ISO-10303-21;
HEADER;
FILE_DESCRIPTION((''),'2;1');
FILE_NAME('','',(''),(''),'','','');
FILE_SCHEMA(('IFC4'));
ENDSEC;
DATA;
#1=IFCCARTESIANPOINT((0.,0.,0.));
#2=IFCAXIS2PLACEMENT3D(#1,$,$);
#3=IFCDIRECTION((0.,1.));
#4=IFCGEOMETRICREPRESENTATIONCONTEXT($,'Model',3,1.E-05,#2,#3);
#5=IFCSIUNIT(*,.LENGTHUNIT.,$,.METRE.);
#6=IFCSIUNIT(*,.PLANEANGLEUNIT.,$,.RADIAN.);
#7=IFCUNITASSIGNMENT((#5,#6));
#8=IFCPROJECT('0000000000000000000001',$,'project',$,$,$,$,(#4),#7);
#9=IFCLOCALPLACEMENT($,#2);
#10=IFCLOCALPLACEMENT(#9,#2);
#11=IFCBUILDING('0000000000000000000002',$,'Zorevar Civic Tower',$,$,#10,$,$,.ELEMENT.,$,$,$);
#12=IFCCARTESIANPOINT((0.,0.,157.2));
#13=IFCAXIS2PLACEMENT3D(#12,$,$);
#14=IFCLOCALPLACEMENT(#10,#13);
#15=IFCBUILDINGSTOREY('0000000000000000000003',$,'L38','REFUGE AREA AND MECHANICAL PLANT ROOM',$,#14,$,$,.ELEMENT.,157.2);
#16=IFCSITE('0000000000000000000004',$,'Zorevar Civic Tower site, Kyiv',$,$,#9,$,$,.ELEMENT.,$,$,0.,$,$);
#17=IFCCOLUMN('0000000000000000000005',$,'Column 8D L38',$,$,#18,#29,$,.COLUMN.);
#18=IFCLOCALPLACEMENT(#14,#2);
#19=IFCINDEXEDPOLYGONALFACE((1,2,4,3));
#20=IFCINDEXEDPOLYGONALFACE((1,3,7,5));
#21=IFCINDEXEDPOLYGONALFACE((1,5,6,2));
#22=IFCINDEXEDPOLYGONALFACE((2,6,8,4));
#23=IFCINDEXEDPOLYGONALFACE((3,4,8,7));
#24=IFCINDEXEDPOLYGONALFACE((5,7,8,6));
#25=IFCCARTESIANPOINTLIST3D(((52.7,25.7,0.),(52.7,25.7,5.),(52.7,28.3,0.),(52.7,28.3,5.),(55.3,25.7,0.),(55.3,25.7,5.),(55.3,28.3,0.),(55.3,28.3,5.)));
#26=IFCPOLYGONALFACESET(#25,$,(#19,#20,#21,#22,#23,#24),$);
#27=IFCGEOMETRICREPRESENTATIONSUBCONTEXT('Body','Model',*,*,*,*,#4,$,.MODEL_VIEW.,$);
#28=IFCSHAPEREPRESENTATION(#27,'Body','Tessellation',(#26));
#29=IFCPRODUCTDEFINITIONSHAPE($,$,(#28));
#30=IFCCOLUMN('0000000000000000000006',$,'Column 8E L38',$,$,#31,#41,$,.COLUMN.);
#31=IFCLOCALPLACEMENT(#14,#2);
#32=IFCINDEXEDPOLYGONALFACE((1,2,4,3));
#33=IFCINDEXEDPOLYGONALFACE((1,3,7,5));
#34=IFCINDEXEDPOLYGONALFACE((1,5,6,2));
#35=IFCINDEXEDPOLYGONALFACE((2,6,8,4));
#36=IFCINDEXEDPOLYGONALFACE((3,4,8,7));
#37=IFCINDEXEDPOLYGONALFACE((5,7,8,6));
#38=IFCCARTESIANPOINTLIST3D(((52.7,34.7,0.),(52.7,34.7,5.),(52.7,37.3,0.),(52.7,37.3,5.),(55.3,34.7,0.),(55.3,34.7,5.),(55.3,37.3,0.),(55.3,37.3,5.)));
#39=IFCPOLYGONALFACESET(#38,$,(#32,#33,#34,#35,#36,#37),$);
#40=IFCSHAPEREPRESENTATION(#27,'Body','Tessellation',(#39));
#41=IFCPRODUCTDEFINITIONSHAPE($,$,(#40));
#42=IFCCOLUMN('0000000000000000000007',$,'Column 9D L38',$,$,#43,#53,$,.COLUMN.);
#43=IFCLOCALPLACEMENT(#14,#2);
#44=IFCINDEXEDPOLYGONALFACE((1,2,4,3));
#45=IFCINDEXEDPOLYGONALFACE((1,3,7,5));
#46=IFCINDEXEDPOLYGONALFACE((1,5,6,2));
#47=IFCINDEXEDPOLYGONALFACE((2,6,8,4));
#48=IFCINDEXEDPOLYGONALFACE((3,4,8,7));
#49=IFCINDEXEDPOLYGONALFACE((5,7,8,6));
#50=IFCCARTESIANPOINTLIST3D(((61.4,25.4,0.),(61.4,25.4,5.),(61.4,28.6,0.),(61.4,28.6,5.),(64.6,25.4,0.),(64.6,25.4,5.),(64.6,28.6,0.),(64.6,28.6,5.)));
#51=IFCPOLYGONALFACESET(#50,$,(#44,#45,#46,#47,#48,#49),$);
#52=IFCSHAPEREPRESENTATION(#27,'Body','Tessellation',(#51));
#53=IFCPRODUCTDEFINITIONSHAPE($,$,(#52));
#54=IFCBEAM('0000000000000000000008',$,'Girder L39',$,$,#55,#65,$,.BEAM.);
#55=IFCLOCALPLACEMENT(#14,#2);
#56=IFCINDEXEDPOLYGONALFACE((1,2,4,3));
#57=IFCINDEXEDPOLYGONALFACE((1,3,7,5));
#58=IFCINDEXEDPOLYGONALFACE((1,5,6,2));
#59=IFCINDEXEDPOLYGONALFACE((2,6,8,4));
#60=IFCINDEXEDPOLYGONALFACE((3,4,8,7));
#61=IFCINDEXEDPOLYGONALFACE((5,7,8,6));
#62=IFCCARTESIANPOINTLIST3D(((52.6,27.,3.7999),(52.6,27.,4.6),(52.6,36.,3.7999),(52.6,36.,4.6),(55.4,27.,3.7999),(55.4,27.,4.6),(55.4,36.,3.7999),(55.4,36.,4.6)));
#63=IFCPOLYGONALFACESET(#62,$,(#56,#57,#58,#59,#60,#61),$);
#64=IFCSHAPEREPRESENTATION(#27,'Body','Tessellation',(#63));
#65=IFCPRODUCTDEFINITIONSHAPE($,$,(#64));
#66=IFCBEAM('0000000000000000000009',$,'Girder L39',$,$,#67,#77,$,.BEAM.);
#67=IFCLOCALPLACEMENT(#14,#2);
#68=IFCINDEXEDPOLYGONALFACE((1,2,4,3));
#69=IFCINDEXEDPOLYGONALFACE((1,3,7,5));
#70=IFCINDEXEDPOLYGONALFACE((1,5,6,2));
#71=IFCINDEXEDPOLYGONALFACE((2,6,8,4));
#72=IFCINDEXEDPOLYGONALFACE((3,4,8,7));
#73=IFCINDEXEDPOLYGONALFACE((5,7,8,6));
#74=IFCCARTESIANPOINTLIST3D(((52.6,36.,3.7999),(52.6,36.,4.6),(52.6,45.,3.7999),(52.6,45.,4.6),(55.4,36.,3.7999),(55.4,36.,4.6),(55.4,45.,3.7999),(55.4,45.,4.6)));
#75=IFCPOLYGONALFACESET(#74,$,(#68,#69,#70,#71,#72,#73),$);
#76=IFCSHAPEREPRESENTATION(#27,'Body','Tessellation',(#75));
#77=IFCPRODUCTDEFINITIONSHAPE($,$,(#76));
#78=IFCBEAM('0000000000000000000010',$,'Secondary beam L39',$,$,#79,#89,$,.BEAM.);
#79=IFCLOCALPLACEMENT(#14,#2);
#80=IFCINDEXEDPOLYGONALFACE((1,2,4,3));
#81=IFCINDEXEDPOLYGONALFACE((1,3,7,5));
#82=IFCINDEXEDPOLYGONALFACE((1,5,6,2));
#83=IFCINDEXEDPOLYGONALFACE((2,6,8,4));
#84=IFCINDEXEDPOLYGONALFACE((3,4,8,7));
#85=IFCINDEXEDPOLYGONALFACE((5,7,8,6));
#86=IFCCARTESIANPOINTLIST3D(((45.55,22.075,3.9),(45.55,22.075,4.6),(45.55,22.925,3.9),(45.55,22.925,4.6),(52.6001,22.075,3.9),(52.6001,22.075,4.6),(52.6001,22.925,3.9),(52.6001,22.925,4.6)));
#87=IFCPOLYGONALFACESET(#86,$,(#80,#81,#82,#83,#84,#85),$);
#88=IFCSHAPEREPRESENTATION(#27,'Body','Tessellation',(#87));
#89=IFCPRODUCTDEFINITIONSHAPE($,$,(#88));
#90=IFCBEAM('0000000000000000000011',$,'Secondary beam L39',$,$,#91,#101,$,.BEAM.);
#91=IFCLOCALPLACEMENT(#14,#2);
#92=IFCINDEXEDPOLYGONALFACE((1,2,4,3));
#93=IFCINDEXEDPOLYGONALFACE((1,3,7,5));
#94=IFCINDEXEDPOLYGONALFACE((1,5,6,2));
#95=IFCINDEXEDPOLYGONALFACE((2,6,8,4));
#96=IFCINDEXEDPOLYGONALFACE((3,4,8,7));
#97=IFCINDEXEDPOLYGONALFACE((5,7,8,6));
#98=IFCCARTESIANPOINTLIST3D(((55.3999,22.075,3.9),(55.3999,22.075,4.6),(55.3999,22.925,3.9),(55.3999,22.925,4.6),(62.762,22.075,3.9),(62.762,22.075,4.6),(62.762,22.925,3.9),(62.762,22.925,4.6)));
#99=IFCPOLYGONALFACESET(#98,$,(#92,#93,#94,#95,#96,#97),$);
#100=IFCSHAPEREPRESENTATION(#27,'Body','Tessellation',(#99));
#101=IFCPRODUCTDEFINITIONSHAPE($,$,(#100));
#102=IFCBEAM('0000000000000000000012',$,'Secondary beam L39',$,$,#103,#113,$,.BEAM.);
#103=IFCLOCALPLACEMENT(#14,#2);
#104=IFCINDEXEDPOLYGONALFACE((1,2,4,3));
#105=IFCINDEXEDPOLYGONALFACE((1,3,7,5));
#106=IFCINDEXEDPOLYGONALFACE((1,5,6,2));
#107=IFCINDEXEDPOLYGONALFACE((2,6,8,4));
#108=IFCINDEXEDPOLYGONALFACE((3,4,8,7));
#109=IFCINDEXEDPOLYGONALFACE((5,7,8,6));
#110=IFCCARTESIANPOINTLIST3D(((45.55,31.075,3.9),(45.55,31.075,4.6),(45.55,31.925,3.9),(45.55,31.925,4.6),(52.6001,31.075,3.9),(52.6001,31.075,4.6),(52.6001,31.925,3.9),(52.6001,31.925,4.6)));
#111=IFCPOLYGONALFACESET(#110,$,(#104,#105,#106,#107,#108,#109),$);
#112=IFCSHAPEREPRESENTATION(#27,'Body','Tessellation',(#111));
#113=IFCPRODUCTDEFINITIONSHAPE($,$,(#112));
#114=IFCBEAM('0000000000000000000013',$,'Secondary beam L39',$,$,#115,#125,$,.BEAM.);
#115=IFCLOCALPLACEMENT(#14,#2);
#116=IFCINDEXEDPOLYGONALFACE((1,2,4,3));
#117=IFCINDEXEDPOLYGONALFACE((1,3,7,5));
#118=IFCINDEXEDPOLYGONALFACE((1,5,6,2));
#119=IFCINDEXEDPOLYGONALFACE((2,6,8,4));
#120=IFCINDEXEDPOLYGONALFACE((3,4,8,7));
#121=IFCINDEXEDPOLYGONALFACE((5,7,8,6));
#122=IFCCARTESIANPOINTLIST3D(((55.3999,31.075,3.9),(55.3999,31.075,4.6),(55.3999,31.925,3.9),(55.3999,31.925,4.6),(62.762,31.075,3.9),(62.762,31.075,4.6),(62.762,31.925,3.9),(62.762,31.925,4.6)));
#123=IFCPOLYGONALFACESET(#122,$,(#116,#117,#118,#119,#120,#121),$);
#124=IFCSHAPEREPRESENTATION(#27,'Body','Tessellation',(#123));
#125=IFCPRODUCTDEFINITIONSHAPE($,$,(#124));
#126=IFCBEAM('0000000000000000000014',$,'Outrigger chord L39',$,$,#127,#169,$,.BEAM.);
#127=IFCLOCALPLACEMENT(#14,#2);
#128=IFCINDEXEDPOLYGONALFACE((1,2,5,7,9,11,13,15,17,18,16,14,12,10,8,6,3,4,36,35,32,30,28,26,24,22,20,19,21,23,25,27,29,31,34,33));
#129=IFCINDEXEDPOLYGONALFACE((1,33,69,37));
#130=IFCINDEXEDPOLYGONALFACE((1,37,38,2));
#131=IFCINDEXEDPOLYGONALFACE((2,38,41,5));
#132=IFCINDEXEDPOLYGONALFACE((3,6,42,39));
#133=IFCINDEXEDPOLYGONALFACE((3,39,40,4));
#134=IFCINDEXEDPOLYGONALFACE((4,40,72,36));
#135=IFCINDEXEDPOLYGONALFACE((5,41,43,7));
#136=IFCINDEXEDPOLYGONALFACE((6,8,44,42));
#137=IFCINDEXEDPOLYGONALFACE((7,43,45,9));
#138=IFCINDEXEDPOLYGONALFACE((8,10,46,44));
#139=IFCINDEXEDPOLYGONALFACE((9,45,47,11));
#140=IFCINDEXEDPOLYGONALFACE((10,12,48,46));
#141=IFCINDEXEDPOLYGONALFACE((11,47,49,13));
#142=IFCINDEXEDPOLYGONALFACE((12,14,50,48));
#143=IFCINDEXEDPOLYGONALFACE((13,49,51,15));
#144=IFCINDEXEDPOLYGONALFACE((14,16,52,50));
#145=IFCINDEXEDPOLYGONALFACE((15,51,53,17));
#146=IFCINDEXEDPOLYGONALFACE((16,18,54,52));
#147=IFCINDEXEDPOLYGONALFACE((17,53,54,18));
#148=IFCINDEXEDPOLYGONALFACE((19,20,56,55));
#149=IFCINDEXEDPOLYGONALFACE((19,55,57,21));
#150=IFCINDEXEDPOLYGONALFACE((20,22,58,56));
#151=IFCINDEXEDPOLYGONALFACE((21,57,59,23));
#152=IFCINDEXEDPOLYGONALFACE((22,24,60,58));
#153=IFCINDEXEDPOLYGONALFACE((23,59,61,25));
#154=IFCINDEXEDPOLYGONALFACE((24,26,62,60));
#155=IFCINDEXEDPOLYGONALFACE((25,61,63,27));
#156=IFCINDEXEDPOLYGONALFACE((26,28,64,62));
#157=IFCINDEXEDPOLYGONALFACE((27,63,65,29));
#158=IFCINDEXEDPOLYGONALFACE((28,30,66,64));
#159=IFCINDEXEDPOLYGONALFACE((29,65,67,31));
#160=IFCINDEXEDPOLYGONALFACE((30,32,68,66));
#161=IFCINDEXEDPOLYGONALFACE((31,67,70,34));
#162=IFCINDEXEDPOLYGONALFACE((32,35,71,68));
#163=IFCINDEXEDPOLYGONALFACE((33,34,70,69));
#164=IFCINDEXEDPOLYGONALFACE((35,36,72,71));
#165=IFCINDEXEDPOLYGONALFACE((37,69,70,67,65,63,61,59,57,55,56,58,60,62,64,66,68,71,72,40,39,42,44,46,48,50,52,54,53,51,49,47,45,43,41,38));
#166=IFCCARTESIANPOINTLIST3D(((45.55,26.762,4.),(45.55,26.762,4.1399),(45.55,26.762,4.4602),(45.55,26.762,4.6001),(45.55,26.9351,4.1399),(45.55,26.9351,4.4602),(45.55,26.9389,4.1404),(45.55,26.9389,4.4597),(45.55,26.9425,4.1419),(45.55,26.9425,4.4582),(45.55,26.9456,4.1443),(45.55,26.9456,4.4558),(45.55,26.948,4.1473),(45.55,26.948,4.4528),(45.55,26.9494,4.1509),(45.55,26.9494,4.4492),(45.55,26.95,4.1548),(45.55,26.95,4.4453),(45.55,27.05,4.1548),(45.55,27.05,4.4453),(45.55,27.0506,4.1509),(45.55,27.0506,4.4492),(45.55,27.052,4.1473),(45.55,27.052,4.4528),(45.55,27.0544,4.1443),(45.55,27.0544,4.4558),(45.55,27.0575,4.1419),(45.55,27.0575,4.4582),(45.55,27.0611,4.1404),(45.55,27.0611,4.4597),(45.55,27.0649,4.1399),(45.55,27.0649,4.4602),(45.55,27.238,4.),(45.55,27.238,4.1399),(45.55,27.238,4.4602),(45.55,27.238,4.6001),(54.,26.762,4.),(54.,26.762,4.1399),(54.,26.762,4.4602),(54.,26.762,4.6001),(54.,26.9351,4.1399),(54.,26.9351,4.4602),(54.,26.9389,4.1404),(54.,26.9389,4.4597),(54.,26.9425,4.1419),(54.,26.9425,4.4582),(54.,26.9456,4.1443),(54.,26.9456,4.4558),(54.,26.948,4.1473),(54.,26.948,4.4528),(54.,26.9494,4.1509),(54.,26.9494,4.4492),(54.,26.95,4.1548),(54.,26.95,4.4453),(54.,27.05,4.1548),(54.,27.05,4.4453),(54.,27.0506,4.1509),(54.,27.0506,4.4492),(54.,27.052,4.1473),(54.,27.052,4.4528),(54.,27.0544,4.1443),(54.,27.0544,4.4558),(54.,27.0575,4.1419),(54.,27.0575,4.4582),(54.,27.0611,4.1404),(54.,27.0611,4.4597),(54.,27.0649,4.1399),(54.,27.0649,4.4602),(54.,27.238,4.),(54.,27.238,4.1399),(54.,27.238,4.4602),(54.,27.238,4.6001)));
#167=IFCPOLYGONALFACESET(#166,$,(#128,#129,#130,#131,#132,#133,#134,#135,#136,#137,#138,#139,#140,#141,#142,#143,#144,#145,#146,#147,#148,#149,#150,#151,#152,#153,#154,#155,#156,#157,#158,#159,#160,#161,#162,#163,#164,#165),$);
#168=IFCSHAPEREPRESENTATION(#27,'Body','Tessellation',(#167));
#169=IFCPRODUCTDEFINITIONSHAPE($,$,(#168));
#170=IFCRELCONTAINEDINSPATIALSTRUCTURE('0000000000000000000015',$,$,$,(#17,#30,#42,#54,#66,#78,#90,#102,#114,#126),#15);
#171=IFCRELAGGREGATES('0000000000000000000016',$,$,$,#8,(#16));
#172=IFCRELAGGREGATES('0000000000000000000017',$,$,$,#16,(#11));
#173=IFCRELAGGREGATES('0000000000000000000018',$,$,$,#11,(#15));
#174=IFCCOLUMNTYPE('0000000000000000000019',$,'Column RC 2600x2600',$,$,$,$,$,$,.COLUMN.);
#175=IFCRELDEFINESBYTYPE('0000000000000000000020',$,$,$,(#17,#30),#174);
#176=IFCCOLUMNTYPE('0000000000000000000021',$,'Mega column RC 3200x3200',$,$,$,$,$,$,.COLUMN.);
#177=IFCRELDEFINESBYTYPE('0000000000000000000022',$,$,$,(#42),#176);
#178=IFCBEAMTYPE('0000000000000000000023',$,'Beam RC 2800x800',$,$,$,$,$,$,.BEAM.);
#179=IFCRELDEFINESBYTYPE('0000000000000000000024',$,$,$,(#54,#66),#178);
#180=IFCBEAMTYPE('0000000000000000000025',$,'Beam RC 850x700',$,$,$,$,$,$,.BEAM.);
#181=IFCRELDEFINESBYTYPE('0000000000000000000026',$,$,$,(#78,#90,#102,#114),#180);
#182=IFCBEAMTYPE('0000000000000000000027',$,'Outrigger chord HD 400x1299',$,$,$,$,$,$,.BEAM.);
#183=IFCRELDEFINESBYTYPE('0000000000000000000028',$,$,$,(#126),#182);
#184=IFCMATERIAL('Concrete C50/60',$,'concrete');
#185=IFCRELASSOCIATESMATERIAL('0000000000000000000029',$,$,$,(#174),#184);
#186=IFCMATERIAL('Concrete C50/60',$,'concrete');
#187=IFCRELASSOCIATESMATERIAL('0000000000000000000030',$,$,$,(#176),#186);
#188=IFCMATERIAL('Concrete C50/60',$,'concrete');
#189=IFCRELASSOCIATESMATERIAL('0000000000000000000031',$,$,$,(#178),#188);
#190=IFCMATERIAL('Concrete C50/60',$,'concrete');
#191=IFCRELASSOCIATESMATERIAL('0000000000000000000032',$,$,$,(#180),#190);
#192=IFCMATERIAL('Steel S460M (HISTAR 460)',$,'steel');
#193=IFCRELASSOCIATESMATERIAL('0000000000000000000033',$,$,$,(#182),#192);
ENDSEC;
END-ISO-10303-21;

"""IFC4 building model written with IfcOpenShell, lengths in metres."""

from ifc_helpers import new_model, si_unit, direction, frame, origin, origin_2d, place, context, subcontext, project, spatial, rectangle, i_section, extrude, material, material_profile, profile_set, type_object, element, save


model = new_model("IFC4")

# Units and contexts
model_context = context("Model", 3, precision=1e-05, world=origin(), true_north=direction((0.0, 1.0)))
body_context = subcontext(model_context, "Body", "Model", "MODEL_VIEW")
ifc_project = project(units=[si_unit("LENGTHUNIT", "METRE"), si_unit("PLANEANGLEUNIT", "RADIAN")], contexts=[model_context])

# Site, building, storey
site_placement = place(None, origin())
site = spatial("IfcSite", under=ifc_project, at=site_placement, Name="Zorevar Civic Tower site, Kyiv", CompositionType="ELEMENT", RefElevation=0.0)
building_placement = place(site_placement, origin())
building = spatial("IfcBuilding", under=site, at=building_placement, Name="Zorevar Civic Tower", CompositionType="ELEMENT")
storey_placement = place(building_placement, frame((0.0, 0.0, 157.2)))
storey = spatial("IfcBuildingStorey", under=building, at=storey_placement, Name="L38", Description="REFUGE AREA AND MECHANICAL PLANT ROOM", CompositionType="ELEMENT", Elevation=157.2)

# Columns
ifc_material_1 = material(Name="Concrete C50/60", Category="concrete")
ifc_material_profile_1 = material_profile(ifc_material_1, rectangle(XDim=2.6001, YDim=2.6001, at=origin_2d()), Name="RC 2600x2600")
ifc_profile_set_1 = profile_set([ifc_material_profile_1], Name="Concrete C50/60")
column_type_1 = type_object("IfcColumnType", Name="Column RC 2600x2600", PredefinedType="COLUMN", material=ifc_profile_set_1)
for number, where, z_axis, x_axis, name in (
    (1, (54.0, 27.0, 0.0), (0.0, 0.0, 1.0), (1.0, 0.0, 0.0), "Column 8D L38"),
    (2, (54.0, 36.0, 0.0), (0.0, 0.0, 1.0), (1.0, 0.0, 0.0), "Column 8E L38"),
):
    element("IfcColumn", number, at=place(storey_placement, frame(where, z_axis=z_axis, x_axis=x_axis)), inside=storey, type_object=column_type_1, Name=name, PredefinedType="COLUMN", context=body_context, shape_type="SweptSolid", body=[
        extrude(rectangle(XDim=2.6001, YDim=2.6001, at=origin_2d()), origin(), (0.0, 0.0, 1.0), 5.0),
    ])
ifc_material_2 = material(Name="Concrete C50/60", Category="concrete")
ifc_material_profile_2 = material_profile(ifc_material_2, rectangle(XDim=3.2, YDim=3.2, at=origin_2d()), Name="RC 3200x3200")
ifc_profile_set_2 = profile_set([ifc_material_profile_2], Name="Concrete C50/60")
column_type_2 = type_object("IfcColumnType", Name="Mega column RC 3200x3200", PredefinedType="COLUMN", material=ifc_profile_set_2)
column_placement = place(storey_placement, frame((63.0, 27.0, 0.0), z_axis=(0.0, 0.0, 1.0), x_axis=(1.0, 0.0, 0.0)))
element("IfcColumn", 3, at=column_placement, inside=storey, type_object=column_type_2, Name="Column 9D L38", PredefinedType="COLUMN", context=body_context, shape_type="SweptSolid", body=[
    extrude(rectangle(XDim=3.2, YDim=3.2, at=origin_2d()), origin(), (0.0, 0.0, 1.0), 5.0),
])

# Beams
ifc_material_3 = material(Name="Concrete C50/60", Category="concrete")
ifc_material_profile_3 = material_profile(ifc_material_3, rectangle(XDim=2.8, YDim=0.8, at=origin_2d()), Name="RC 2800x800")
ifc_profile_set_3 = profile_set([ifc_material_profile_3], Name="Concrete C50/60")
beam_type_1 = type_object("IfcBeamType", Name="Beam RC 2800x800", PredefinedType="BEAM", material=ifc_profile_set_3)
for number, where, z_axis, x_axis, name in (
    (4, (54.0, 27.0, 4.2), (0.0, 1.0, 0.0), (-1.0, 0.0, 0.0), "Girder L39"),
    (5, (54.0, 36.0, 4.2), (0.0, 1.0, 0.0), (-1.0, 0.0, 0.0), "Girder L39"),
):
    element("IfcBeam", number, at=place(storey_placement, frame(where, z_axis=z_axis, x_axis=x_axis)), inside=storey, type_object=beam_type_1, Name=name, PredefinedType="BEAM", context=body_context, shape_type="SweptSolid", body=[
        extrude(rectangle(XDim=2.8, YDim=0.8, at=origin_2d()), origin(), (0.0, 0.0, 1.0), 9.0),
    ])
ifc_material_4 = material(Name="Concrete C50/60", Category="concrete")
ifc_material_profile_4 = material_profile(ifc_material_4, rectangle(XDim=0.8501, YDim=0.7, at=origin_2d()), Name="RC 850x700")
ifc_profile_set_4 = profile_set([ifc_material_profile_4], Name="Concrete C50/60")
beam_type_2 = type_object("IfcBeamType", Name="Beam RC 850x700", PredefinedType="BEAM", material=ifc_profile_set_4)
beam_1_placement = place(storey_placement, frame((45.55, 22.5, 4.25), z_axis=(1.0, 0.0, 0.0), x_axis=(0.0, 1.0, 0.0)))
element("IfcBeam", 6, at=beam_1_placement, inside=storey, type_object=beam_type_2, Name="Secondary beam L39", PredefinedType="BEAM", context=body_context, shape_type="SweptSolid", body=[
    extrude(rectangle(XDim=0.8501, YDim=0.7, at=origin_2d()), origin(), (0.0, 0.0, 1.0), 7.05),
])
beam_2_placement = place(storey_placement, frame((55.3999, 22.5, 4.25), z_axis=(1.0, 0.0, 0.0), x_axis=(0.0, 1.0, 0.0)))
element("IfcBeam", 7, at=beam_2_placement, inside=storey, type_object=beam_type_2, Name="Secondary beam L39", PredefinedType="BEAM", context=body_context, shape_type="SweptSolid", body=[
    extrude(rectangle(XDim=0.8501, YDim=0.7, at=origin_2d()), origin(), (0.0, 0.0, 1.0), 7.3621),
])
beam_3_placement = place(storey_placement, frame((45.55, 31.5, 4.25), z_axis=(1.0, 0.0, 0.0), x_axis=(0.0, 1.0, 0.0)))
element("IfcBeam", 8, at=beam_3_placement, inside=storey, type_object=beam_type_2, Name="Secondary beam L39", PredefinedType="BEAM", context=body_context, shape_type="SweptSolid", body=[
    extrude(rectangle(XDim=0.8501, YDim=0.7, at=origin_2d()), origin(), (0.0, 0.0, 1.0), 7.05),
])
beam_4_placement = place(storey_placement, frame((55.3999, 31.5, 4.25), z_axis=(1.0, 0.0, 0.0), x_axis=(0.0, 1.0, 0.0)))
element("IfcBeam", 9, at=beam_4_placement, inside=storey, type_object=beam_type_2, Name="Secondary beam L39", PredefinedType="BEAM", context=body_context, shape_type="SweptSolid", body=[
    extrude(rectangle(XDim=0.8501, YDim=0.7, at=origin_2d()), origin(), (0.0, 0.0, 1.0), 7.3621),
])
ifc_material_5 = material(Name="Steel S460M (HISTAR 460)", Category="steel")
ifc_material_profile_5 = material_profile(ifc_material_5, i_section(OverallWidth=0.4761, OverallDepth=0.6001, WebThickness=0.1001, FlangeThickness=0.1399, FilletRadius=0.0149, at=origin_2d()), Name="HD 400x1299")
ifc_profile_set_5 = profile_set([ifc_material_profile_5], Name="Steel S460M (HISTAR 460)")
beam_type_3 = type_object("IfcBeamType", Name="Outrigger chord HD 400x1299", PredefinedType="BEAM", material=ifc_profile_set_5)
beam_5_placement = place(storey_placement, frame((45.55, 27.0, 4.3), z_axis=(1.0, 0.0, 0.0), x_axis=(0.0, 1.0, 0.0)))
element("IfcBeam", 10, at=beam_5_placement, inside=storey, type_object=beam_type_3, Name="Outrigger chord L39", PredefinedType="BEAM", context=body_context, shape_type="SweptSolid", body=[
    extrude(i_section(OverallWidth=0.4761, OverallDepth=0.6001, WebThickness=0.1001, FlangeThickness=0.1399, FilletRadius=0.0149, at=origin_2d()), origin(), (0.0, 0.0, 1.0), 8.45),
])

save(model, "model.ifc")
